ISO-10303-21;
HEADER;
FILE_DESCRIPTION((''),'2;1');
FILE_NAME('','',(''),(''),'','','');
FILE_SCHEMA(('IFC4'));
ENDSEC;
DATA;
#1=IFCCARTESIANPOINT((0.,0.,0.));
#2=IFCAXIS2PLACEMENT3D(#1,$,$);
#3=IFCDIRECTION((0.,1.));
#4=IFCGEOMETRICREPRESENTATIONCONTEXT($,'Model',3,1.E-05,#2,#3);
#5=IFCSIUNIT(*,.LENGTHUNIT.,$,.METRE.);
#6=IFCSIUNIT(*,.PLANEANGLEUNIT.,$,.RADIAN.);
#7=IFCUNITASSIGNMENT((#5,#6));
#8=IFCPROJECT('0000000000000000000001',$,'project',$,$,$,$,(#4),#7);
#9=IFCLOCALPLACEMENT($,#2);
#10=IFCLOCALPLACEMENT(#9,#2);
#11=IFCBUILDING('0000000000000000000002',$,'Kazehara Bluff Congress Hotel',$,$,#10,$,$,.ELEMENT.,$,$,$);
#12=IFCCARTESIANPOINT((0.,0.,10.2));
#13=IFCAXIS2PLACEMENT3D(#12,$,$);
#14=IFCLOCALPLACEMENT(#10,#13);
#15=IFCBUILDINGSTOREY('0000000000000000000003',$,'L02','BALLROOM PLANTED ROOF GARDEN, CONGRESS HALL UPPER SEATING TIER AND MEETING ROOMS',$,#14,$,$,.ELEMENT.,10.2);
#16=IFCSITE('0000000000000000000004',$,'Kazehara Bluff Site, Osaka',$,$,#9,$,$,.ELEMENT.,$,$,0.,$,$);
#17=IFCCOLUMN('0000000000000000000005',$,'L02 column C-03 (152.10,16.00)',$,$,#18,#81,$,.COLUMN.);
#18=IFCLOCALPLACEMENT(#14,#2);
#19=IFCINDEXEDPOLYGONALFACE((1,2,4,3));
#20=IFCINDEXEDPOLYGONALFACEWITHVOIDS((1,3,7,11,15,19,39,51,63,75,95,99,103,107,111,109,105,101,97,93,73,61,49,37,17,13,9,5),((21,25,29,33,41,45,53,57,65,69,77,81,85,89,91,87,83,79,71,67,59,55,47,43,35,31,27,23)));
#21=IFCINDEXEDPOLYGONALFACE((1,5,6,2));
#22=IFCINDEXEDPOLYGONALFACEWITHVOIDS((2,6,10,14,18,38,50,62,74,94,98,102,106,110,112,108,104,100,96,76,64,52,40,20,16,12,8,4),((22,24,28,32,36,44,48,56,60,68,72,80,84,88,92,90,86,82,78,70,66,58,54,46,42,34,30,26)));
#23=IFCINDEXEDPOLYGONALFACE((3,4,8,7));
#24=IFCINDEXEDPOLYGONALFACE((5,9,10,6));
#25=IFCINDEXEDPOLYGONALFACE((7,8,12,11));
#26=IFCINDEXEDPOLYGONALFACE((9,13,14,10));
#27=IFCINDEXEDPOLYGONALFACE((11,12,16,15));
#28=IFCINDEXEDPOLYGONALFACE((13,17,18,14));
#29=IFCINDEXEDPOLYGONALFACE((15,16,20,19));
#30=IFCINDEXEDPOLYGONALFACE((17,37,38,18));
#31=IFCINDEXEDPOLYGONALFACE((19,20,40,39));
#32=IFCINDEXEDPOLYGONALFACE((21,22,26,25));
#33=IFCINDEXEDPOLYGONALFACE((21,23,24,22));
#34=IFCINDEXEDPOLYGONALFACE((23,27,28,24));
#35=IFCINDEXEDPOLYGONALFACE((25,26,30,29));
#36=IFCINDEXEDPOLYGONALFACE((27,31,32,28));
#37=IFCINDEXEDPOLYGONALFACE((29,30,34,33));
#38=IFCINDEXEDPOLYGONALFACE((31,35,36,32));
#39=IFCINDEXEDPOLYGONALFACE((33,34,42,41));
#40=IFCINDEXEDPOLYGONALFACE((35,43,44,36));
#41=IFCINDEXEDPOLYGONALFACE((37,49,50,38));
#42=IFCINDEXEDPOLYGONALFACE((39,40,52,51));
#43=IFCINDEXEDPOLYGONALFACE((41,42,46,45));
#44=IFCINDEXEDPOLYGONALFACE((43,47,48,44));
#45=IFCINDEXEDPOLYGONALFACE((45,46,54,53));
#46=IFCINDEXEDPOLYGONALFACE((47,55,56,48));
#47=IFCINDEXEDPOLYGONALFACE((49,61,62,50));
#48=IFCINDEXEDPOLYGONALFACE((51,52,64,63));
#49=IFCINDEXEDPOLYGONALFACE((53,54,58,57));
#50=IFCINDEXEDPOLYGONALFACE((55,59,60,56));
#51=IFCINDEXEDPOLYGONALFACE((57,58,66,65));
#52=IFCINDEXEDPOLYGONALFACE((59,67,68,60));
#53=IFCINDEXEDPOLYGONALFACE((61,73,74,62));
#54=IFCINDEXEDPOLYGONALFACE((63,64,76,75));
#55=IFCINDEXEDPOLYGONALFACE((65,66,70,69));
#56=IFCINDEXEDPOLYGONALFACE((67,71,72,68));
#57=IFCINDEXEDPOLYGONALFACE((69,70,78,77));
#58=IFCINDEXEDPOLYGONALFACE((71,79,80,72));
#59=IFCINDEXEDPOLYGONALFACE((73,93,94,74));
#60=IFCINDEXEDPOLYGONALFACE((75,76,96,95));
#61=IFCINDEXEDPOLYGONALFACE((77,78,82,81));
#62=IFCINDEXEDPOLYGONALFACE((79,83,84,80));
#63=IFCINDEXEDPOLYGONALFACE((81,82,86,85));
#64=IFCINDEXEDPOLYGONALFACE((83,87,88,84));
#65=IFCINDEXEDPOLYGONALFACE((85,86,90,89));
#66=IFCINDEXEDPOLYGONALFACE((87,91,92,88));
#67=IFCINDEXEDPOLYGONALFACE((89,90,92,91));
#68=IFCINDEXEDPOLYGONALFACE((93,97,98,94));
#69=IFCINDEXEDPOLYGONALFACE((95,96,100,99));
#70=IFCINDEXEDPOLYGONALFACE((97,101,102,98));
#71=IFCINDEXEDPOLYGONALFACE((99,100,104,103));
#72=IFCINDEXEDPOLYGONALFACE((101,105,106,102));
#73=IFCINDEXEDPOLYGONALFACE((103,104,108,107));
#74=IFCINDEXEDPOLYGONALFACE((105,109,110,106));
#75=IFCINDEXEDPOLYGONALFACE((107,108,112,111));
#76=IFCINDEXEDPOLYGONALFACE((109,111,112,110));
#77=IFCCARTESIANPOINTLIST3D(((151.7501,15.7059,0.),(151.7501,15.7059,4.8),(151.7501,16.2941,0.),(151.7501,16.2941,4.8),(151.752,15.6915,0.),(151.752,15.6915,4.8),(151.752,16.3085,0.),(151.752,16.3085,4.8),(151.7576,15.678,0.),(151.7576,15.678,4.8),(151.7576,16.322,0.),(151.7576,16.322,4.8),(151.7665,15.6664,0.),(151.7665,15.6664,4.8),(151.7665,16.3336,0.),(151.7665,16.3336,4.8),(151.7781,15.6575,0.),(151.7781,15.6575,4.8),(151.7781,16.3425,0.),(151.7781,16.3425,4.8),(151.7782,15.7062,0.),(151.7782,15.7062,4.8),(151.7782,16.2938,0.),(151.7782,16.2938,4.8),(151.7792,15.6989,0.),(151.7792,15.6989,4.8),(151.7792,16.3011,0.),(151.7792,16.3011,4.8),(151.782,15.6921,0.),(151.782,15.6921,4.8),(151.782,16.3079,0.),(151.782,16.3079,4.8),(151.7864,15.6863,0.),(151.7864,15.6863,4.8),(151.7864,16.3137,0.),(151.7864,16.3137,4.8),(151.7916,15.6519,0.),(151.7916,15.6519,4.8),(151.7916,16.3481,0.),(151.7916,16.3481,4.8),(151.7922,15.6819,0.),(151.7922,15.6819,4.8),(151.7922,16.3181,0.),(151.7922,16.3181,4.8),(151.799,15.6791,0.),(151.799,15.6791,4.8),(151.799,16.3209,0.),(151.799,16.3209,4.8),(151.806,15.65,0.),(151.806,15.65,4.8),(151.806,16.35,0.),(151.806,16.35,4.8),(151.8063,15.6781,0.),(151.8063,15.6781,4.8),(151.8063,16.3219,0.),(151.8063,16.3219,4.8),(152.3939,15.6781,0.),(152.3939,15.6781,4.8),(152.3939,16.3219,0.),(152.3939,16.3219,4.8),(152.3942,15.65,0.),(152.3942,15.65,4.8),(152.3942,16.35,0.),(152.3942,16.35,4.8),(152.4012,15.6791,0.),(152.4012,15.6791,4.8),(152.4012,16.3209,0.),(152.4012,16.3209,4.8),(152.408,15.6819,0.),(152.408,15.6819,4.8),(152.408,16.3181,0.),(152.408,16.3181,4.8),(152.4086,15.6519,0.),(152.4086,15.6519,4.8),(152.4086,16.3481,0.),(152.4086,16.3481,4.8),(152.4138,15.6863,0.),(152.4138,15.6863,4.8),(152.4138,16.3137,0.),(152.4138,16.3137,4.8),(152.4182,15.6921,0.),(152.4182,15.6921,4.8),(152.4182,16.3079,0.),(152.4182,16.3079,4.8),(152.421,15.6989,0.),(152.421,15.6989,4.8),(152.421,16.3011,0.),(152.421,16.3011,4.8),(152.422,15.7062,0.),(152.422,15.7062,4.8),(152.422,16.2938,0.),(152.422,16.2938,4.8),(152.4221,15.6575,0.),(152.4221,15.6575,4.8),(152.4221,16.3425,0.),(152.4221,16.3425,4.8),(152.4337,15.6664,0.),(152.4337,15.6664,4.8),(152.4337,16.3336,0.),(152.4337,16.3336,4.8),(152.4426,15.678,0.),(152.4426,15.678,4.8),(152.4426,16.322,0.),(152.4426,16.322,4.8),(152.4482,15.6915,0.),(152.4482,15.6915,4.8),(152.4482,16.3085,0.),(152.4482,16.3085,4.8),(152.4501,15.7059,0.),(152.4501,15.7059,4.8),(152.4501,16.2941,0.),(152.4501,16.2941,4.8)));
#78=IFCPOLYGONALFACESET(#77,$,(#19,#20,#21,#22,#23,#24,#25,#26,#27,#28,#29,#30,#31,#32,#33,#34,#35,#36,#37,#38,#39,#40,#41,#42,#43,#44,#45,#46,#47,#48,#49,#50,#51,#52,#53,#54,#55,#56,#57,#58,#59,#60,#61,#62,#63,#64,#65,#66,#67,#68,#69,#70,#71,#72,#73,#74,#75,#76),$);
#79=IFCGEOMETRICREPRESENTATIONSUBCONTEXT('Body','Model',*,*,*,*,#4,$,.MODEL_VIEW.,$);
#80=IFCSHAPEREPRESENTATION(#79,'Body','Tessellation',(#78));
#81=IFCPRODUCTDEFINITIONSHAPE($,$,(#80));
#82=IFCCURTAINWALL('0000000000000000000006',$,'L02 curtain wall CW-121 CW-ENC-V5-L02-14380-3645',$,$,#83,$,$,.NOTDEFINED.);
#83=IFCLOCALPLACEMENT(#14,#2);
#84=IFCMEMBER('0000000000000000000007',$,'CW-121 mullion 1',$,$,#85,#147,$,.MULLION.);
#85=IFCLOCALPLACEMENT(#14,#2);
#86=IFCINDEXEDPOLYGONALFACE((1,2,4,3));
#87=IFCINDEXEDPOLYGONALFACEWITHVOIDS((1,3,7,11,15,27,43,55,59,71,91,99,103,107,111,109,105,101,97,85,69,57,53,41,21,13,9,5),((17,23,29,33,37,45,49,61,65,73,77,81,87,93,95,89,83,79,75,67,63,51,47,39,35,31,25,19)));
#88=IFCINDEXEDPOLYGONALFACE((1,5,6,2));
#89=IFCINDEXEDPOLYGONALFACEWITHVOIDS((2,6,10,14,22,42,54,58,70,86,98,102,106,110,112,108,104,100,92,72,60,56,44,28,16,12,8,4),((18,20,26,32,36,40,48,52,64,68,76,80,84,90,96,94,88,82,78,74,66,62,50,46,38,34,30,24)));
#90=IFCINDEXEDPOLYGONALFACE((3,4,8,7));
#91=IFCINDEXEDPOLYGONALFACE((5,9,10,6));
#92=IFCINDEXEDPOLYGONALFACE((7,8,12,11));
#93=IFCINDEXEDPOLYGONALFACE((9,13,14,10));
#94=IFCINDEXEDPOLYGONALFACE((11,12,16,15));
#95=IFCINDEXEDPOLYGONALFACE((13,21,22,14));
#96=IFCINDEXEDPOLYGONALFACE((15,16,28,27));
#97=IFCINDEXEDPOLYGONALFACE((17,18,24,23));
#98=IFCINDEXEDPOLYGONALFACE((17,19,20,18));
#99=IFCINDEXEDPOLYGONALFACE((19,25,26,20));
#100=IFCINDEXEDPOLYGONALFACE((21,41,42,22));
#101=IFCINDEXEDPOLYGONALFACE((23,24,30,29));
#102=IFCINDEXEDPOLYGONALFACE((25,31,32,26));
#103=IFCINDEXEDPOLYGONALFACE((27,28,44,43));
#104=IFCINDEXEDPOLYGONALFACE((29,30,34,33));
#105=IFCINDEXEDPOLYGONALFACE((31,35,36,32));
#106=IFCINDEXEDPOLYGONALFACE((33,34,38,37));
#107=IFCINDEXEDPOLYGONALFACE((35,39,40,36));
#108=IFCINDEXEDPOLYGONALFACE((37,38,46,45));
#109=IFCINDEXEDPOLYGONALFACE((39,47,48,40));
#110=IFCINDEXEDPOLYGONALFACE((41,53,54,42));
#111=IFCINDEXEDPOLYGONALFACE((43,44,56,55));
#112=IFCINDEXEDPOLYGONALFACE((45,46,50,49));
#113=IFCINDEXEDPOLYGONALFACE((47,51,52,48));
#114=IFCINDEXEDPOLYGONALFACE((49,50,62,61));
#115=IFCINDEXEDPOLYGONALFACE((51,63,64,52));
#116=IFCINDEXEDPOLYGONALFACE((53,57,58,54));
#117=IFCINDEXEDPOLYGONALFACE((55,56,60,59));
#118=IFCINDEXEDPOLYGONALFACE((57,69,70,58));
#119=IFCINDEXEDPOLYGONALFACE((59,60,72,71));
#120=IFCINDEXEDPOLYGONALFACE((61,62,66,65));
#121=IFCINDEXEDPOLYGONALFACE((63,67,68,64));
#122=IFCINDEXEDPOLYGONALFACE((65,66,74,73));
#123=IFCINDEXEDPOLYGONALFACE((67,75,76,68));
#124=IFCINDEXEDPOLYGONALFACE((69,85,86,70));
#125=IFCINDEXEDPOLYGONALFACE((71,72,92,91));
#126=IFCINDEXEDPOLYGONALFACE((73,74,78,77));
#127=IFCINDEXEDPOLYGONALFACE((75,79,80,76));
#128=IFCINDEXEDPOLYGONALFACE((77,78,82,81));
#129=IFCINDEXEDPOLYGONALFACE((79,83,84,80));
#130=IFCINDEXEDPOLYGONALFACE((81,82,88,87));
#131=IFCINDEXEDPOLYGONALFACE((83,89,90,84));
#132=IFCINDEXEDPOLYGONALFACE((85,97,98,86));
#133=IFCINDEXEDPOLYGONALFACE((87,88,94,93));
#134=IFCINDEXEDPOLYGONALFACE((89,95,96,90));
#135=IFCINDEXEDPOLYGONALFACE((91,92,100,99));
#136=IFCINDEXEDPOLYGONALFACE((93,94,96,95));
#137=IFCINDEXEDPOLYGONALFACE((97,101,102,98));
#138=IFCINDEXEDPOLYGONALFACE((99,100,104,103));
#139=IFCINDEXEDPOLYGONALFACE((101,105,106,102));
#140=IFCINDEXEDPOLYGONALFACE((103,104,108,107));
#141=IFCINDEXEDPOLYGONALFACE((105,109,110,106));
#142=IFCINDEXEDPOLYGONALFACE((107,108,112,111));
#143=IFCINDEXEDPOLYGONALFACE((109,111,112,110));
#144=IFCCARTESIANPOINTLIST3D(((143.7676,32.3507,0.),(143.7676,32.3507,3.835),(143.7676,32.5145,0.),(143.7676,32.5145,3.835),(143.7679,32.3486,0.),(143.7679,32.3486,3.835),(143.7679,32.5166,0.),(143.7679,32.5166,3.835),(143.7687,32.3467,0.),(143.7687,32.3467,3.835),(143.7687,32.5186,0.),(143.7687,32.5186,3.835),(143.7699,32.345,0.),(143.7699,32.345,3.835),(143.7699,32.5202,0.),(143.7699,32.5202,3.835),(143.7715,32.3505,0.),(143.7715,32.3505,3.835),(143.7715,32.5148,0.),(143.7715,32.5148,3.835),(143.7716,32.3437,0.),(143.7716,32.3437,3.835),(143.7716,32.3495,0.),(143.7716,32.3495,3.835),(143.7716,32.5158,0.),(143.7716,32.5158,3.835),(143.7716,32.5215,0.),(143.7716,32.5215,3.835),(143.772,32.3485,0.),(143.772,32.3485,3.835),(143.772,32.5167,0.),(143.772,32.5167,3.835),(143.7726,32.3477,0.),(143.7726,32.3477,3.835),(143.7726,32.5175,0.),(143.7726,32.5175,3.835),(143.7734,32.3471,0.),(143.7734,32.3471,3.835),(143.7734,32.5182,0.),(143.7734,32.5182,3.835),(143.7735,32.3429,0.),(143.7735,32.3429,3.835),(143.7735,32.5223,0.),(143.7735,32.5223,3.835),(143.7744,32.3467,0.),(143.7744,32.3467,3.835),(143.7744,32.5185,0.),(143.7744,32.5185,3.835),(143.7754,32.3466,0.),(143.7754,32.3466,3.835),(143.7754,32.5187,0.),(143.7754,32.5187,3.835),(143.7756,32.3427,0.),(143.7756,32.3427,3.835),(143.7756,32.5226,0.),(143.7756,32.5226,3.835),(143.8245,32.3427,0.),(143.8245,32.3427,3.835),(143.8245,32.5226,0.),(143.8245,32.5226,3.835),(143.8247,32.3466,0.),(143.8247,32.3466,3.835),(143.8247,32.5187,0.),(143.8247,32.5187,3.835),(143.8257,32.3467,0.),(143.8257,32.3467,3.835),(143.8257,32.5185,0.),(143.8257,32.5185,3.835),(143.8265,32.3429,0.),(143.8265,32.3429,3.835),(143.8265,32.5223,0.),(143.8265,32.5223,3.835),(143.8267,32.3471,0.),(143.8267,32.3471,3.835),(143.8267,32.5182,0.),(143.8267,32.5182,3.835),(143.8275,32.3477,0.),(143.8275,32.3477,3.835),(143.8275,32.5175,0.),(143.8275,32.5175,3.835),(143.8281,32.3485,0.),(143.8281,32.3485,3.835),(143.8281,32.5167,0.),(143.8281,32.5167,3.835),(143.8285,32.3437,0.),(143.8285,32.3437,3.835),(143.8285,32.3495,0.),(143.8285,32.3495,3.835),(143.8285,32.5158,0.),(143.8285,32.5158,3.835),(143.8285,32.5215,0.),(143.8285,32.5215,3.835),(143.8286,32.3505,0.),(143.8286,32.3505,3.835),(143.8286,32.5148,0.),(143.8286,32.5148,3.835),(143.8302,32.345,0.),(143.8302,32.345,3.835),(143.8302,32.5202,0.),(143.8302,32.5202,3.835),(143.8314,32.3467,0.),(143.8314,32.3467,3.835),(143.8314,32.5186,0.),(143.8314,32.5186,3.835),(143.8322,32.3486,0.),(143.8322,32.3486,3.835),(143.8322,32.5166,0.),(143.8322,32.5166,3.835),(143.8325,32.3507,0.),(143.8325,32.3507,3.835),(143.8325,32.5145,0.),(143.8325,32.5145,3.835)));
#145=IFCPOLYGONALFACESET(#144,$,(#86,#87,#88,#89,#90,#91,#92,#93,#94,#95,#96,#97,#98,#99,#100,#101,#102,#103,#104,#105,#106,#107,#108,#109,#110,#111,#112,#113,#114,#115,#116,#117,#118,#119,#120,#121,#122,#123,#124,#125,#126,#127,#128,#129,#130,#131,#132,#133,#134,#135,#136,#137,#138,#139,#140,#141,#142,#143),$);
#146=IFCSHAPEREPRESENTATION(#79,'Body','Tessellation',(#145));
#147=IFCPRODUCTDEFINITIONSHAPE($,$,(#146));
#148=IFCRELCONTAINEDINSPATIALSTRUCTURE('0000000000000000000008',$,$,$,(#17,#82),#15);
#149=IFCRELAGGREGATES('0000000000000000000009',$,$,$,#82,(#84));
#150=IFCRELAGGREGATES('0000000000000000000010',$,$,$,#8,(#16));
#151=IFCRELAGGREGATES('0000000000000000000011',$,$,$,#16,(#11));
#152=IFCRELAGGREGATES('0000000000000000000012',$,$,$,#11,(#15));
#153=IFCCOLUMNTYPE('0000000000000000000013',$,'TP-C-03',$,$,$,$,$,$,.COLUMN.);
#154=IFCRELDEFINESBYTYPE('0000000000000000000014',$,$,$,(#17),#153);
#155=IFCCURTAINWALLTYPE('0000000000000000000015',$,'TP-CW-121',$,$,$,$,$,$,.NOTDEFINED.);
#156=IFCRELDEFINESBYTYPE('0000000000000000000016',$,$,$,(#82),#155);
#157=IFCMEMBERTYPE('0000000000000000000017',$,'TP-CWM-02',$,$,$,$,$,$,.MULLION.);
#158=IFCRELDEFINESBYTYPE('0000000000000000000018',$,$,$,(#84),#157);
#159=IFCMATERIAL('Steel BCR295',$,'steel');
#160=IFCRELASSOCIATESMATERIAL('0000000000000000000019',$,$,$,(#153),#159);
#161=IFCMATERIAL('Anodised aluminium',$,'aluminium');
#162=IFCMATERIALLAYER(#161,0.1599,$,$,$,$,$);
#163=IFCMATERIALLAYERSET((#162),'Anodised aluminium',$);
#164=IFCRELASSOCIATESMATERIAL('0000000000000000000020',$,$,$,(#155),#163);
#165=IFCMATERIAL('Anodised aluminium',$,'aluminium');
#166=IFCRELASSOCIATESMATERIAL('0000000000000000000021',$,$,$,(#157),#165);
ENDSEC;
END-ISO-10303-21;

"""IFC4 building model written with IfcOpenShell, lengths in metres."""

from ifc_helpers import new_model, si_unit, direction, frame, origin, origin_2d, place, context, subcontext, project, spatial, hollow_rectangle, extrude, material, layer, layer_set, material_profile, profile_set, type_object, element, aggregate, save


model = new_model("IFC4")

# Units and contexts
model_context = context("Model", 3, precision=1e-05, world=origin(), true_north=direction((0.0, 1.0)))
body_context = subcontext(model_context, "Body", "Model", "MODEL_VIEW")
ifc_project = project(units=[si_unit("LENGTHUNIT", "METRE"), si_unit("PLANEANGLEUNIT", "RADIAN")], contexts=[model_context])

# Site, building, storey
site_placement = place(None, origin())
site = spatial("IfcSite", under=ifc_project, at=site_placement, Name="Kazehara Bluff Site, Osaka", CompositionType="ELEMENT", RefElevation=0.0)
building_placement = place(site_placement, origin())
building = spatial("IfcBuilding", under=site, at=building_placement, Name="Kazehara Bluff Congress Hotel", CompositionType="ELEMENT")
storey_placement = place(building_placement, frame((0.0, 0.0, 10.2)))
storey = spatial("IfcBuildingStorey", under=building, at=storey_placement, Name="L02", Description="BALLROOM PLANTED ROOF GARDEN, CONGRESS HALL UPPER SEATING TIER AND MEETING ROOMS", CompositionType="ELEMENT", Elevation=10.2)

# Column
ifc_material_1 = material(Name="Steel BCR295", Category="steel")
ifc_material_profile_1 = material_profile(ifc_material_1, hollow_rectangle(XDim=0.7, YDim=0.7, WallThickness=0.0281, InnerFilletRadius=0.0281, OuterFilletRadius=0.0559, at=origin_2d()))
ifc_profile_set_1 = profile_set([ifc_material_profile_1], Name="Steel BCR295")
column_type_1 = type_object("IfcColumnType", Name="TP-C-03", PredefinedType="COLUMN", material=ifc_profile_set_1)
column_placement = place(storey_placement, frame((152.1001, 16.0, 0.0), z_axis=(0.0, 0.0, 1.0), x_axis=(1.0, 0.0, 0.0)))
element("IfcColumn", 1, at=column_placement, inside=storey, type_object=column_type_1, Name="L02 column C-03 (152.10,16.00)", PredefinedType="COLUMN", context=body_context, shape_type="SweptSolid", body=[
    extrude(hollow_rectangle(XDim=0.7, YDim=0.7, WallThickness=0.0281, InnerFilletRadius=0.0281, OuterFilletRadius=0.0559, at=origin_2d()), origin(), (0.0, 0.0, 1.0), 4.8),
])

# Curtain wall, member
ifc_material_2 = material(Name="Anodised aluminium", Category="aluminium")
ifc_layer_1 = layer(ifc_material_2, 0.1599)
ifc_layer_set_1 = layer_set([ifc_layer_1], Name="Anodised aluminium")
curtain_wall_type = type_object("IfcCurtainWallType", Name="TP-CW-121", PredefinedType="NOTDEFINED", material=ifc_layer_set_1)
curtain_wall_placement = place(storey_placement, origin())
curtain_wall = element("IfcCurtainWall", 2, at=curtain_wall_placement, inside=storey, type_object=curtain_wall_type, Name="L02 curtain wall CW-121 CW-ENC-V5-L02-14380-3645", PredefinedType="NOTDEFINED")
ifc_material_3 = material(Name="Anodised aluminium", Category="aluminium")
ifc_material_profile_2 = material_profile(ifc_material_3, hollow_rectangle(XDim=0.0649, YDim=0.1799, WallThickness=0.0039, InnerFilletRadius=0.0039, OuterFilletRadius=0.0081, at=origin_2d()))
ifc_profile_set_2 = profile_set([ifc_material_profile_2], Name="Anodised aluminium")
member_type_1 = type_object("IfcMemberType", Name="TP-CWM-02", PredefinedType="MULLION", material=ifc_profile_set_2)
member_1_placement = place(storey_placement, frame((143.8, 32.4326, 0.0), z_axis=(0.0, 0.0, 1.0), x_axis=(-1.0, 0.0, 0.0)))
member_1 = element("IfcMember", 3, at=member_1_placement, type_object=member_type_1, Name="CW-121 mullion 1", PredefinedType="MULLION", context=body_context, shape_type="SweptSolid", body=[
    extrude(hollow_rectangle(XDim=0.0649, YDim=0.1799, WallThickness=0.0039, InnerFilletRadius=0.0039, OuterFilletRadius=0.0081, at=origin_2d()), origin(), (0.0, 0.0, 1.0), 3.835),
])
aggregate(curtain_wall, [member_1])

save(model, "model.ifc")
